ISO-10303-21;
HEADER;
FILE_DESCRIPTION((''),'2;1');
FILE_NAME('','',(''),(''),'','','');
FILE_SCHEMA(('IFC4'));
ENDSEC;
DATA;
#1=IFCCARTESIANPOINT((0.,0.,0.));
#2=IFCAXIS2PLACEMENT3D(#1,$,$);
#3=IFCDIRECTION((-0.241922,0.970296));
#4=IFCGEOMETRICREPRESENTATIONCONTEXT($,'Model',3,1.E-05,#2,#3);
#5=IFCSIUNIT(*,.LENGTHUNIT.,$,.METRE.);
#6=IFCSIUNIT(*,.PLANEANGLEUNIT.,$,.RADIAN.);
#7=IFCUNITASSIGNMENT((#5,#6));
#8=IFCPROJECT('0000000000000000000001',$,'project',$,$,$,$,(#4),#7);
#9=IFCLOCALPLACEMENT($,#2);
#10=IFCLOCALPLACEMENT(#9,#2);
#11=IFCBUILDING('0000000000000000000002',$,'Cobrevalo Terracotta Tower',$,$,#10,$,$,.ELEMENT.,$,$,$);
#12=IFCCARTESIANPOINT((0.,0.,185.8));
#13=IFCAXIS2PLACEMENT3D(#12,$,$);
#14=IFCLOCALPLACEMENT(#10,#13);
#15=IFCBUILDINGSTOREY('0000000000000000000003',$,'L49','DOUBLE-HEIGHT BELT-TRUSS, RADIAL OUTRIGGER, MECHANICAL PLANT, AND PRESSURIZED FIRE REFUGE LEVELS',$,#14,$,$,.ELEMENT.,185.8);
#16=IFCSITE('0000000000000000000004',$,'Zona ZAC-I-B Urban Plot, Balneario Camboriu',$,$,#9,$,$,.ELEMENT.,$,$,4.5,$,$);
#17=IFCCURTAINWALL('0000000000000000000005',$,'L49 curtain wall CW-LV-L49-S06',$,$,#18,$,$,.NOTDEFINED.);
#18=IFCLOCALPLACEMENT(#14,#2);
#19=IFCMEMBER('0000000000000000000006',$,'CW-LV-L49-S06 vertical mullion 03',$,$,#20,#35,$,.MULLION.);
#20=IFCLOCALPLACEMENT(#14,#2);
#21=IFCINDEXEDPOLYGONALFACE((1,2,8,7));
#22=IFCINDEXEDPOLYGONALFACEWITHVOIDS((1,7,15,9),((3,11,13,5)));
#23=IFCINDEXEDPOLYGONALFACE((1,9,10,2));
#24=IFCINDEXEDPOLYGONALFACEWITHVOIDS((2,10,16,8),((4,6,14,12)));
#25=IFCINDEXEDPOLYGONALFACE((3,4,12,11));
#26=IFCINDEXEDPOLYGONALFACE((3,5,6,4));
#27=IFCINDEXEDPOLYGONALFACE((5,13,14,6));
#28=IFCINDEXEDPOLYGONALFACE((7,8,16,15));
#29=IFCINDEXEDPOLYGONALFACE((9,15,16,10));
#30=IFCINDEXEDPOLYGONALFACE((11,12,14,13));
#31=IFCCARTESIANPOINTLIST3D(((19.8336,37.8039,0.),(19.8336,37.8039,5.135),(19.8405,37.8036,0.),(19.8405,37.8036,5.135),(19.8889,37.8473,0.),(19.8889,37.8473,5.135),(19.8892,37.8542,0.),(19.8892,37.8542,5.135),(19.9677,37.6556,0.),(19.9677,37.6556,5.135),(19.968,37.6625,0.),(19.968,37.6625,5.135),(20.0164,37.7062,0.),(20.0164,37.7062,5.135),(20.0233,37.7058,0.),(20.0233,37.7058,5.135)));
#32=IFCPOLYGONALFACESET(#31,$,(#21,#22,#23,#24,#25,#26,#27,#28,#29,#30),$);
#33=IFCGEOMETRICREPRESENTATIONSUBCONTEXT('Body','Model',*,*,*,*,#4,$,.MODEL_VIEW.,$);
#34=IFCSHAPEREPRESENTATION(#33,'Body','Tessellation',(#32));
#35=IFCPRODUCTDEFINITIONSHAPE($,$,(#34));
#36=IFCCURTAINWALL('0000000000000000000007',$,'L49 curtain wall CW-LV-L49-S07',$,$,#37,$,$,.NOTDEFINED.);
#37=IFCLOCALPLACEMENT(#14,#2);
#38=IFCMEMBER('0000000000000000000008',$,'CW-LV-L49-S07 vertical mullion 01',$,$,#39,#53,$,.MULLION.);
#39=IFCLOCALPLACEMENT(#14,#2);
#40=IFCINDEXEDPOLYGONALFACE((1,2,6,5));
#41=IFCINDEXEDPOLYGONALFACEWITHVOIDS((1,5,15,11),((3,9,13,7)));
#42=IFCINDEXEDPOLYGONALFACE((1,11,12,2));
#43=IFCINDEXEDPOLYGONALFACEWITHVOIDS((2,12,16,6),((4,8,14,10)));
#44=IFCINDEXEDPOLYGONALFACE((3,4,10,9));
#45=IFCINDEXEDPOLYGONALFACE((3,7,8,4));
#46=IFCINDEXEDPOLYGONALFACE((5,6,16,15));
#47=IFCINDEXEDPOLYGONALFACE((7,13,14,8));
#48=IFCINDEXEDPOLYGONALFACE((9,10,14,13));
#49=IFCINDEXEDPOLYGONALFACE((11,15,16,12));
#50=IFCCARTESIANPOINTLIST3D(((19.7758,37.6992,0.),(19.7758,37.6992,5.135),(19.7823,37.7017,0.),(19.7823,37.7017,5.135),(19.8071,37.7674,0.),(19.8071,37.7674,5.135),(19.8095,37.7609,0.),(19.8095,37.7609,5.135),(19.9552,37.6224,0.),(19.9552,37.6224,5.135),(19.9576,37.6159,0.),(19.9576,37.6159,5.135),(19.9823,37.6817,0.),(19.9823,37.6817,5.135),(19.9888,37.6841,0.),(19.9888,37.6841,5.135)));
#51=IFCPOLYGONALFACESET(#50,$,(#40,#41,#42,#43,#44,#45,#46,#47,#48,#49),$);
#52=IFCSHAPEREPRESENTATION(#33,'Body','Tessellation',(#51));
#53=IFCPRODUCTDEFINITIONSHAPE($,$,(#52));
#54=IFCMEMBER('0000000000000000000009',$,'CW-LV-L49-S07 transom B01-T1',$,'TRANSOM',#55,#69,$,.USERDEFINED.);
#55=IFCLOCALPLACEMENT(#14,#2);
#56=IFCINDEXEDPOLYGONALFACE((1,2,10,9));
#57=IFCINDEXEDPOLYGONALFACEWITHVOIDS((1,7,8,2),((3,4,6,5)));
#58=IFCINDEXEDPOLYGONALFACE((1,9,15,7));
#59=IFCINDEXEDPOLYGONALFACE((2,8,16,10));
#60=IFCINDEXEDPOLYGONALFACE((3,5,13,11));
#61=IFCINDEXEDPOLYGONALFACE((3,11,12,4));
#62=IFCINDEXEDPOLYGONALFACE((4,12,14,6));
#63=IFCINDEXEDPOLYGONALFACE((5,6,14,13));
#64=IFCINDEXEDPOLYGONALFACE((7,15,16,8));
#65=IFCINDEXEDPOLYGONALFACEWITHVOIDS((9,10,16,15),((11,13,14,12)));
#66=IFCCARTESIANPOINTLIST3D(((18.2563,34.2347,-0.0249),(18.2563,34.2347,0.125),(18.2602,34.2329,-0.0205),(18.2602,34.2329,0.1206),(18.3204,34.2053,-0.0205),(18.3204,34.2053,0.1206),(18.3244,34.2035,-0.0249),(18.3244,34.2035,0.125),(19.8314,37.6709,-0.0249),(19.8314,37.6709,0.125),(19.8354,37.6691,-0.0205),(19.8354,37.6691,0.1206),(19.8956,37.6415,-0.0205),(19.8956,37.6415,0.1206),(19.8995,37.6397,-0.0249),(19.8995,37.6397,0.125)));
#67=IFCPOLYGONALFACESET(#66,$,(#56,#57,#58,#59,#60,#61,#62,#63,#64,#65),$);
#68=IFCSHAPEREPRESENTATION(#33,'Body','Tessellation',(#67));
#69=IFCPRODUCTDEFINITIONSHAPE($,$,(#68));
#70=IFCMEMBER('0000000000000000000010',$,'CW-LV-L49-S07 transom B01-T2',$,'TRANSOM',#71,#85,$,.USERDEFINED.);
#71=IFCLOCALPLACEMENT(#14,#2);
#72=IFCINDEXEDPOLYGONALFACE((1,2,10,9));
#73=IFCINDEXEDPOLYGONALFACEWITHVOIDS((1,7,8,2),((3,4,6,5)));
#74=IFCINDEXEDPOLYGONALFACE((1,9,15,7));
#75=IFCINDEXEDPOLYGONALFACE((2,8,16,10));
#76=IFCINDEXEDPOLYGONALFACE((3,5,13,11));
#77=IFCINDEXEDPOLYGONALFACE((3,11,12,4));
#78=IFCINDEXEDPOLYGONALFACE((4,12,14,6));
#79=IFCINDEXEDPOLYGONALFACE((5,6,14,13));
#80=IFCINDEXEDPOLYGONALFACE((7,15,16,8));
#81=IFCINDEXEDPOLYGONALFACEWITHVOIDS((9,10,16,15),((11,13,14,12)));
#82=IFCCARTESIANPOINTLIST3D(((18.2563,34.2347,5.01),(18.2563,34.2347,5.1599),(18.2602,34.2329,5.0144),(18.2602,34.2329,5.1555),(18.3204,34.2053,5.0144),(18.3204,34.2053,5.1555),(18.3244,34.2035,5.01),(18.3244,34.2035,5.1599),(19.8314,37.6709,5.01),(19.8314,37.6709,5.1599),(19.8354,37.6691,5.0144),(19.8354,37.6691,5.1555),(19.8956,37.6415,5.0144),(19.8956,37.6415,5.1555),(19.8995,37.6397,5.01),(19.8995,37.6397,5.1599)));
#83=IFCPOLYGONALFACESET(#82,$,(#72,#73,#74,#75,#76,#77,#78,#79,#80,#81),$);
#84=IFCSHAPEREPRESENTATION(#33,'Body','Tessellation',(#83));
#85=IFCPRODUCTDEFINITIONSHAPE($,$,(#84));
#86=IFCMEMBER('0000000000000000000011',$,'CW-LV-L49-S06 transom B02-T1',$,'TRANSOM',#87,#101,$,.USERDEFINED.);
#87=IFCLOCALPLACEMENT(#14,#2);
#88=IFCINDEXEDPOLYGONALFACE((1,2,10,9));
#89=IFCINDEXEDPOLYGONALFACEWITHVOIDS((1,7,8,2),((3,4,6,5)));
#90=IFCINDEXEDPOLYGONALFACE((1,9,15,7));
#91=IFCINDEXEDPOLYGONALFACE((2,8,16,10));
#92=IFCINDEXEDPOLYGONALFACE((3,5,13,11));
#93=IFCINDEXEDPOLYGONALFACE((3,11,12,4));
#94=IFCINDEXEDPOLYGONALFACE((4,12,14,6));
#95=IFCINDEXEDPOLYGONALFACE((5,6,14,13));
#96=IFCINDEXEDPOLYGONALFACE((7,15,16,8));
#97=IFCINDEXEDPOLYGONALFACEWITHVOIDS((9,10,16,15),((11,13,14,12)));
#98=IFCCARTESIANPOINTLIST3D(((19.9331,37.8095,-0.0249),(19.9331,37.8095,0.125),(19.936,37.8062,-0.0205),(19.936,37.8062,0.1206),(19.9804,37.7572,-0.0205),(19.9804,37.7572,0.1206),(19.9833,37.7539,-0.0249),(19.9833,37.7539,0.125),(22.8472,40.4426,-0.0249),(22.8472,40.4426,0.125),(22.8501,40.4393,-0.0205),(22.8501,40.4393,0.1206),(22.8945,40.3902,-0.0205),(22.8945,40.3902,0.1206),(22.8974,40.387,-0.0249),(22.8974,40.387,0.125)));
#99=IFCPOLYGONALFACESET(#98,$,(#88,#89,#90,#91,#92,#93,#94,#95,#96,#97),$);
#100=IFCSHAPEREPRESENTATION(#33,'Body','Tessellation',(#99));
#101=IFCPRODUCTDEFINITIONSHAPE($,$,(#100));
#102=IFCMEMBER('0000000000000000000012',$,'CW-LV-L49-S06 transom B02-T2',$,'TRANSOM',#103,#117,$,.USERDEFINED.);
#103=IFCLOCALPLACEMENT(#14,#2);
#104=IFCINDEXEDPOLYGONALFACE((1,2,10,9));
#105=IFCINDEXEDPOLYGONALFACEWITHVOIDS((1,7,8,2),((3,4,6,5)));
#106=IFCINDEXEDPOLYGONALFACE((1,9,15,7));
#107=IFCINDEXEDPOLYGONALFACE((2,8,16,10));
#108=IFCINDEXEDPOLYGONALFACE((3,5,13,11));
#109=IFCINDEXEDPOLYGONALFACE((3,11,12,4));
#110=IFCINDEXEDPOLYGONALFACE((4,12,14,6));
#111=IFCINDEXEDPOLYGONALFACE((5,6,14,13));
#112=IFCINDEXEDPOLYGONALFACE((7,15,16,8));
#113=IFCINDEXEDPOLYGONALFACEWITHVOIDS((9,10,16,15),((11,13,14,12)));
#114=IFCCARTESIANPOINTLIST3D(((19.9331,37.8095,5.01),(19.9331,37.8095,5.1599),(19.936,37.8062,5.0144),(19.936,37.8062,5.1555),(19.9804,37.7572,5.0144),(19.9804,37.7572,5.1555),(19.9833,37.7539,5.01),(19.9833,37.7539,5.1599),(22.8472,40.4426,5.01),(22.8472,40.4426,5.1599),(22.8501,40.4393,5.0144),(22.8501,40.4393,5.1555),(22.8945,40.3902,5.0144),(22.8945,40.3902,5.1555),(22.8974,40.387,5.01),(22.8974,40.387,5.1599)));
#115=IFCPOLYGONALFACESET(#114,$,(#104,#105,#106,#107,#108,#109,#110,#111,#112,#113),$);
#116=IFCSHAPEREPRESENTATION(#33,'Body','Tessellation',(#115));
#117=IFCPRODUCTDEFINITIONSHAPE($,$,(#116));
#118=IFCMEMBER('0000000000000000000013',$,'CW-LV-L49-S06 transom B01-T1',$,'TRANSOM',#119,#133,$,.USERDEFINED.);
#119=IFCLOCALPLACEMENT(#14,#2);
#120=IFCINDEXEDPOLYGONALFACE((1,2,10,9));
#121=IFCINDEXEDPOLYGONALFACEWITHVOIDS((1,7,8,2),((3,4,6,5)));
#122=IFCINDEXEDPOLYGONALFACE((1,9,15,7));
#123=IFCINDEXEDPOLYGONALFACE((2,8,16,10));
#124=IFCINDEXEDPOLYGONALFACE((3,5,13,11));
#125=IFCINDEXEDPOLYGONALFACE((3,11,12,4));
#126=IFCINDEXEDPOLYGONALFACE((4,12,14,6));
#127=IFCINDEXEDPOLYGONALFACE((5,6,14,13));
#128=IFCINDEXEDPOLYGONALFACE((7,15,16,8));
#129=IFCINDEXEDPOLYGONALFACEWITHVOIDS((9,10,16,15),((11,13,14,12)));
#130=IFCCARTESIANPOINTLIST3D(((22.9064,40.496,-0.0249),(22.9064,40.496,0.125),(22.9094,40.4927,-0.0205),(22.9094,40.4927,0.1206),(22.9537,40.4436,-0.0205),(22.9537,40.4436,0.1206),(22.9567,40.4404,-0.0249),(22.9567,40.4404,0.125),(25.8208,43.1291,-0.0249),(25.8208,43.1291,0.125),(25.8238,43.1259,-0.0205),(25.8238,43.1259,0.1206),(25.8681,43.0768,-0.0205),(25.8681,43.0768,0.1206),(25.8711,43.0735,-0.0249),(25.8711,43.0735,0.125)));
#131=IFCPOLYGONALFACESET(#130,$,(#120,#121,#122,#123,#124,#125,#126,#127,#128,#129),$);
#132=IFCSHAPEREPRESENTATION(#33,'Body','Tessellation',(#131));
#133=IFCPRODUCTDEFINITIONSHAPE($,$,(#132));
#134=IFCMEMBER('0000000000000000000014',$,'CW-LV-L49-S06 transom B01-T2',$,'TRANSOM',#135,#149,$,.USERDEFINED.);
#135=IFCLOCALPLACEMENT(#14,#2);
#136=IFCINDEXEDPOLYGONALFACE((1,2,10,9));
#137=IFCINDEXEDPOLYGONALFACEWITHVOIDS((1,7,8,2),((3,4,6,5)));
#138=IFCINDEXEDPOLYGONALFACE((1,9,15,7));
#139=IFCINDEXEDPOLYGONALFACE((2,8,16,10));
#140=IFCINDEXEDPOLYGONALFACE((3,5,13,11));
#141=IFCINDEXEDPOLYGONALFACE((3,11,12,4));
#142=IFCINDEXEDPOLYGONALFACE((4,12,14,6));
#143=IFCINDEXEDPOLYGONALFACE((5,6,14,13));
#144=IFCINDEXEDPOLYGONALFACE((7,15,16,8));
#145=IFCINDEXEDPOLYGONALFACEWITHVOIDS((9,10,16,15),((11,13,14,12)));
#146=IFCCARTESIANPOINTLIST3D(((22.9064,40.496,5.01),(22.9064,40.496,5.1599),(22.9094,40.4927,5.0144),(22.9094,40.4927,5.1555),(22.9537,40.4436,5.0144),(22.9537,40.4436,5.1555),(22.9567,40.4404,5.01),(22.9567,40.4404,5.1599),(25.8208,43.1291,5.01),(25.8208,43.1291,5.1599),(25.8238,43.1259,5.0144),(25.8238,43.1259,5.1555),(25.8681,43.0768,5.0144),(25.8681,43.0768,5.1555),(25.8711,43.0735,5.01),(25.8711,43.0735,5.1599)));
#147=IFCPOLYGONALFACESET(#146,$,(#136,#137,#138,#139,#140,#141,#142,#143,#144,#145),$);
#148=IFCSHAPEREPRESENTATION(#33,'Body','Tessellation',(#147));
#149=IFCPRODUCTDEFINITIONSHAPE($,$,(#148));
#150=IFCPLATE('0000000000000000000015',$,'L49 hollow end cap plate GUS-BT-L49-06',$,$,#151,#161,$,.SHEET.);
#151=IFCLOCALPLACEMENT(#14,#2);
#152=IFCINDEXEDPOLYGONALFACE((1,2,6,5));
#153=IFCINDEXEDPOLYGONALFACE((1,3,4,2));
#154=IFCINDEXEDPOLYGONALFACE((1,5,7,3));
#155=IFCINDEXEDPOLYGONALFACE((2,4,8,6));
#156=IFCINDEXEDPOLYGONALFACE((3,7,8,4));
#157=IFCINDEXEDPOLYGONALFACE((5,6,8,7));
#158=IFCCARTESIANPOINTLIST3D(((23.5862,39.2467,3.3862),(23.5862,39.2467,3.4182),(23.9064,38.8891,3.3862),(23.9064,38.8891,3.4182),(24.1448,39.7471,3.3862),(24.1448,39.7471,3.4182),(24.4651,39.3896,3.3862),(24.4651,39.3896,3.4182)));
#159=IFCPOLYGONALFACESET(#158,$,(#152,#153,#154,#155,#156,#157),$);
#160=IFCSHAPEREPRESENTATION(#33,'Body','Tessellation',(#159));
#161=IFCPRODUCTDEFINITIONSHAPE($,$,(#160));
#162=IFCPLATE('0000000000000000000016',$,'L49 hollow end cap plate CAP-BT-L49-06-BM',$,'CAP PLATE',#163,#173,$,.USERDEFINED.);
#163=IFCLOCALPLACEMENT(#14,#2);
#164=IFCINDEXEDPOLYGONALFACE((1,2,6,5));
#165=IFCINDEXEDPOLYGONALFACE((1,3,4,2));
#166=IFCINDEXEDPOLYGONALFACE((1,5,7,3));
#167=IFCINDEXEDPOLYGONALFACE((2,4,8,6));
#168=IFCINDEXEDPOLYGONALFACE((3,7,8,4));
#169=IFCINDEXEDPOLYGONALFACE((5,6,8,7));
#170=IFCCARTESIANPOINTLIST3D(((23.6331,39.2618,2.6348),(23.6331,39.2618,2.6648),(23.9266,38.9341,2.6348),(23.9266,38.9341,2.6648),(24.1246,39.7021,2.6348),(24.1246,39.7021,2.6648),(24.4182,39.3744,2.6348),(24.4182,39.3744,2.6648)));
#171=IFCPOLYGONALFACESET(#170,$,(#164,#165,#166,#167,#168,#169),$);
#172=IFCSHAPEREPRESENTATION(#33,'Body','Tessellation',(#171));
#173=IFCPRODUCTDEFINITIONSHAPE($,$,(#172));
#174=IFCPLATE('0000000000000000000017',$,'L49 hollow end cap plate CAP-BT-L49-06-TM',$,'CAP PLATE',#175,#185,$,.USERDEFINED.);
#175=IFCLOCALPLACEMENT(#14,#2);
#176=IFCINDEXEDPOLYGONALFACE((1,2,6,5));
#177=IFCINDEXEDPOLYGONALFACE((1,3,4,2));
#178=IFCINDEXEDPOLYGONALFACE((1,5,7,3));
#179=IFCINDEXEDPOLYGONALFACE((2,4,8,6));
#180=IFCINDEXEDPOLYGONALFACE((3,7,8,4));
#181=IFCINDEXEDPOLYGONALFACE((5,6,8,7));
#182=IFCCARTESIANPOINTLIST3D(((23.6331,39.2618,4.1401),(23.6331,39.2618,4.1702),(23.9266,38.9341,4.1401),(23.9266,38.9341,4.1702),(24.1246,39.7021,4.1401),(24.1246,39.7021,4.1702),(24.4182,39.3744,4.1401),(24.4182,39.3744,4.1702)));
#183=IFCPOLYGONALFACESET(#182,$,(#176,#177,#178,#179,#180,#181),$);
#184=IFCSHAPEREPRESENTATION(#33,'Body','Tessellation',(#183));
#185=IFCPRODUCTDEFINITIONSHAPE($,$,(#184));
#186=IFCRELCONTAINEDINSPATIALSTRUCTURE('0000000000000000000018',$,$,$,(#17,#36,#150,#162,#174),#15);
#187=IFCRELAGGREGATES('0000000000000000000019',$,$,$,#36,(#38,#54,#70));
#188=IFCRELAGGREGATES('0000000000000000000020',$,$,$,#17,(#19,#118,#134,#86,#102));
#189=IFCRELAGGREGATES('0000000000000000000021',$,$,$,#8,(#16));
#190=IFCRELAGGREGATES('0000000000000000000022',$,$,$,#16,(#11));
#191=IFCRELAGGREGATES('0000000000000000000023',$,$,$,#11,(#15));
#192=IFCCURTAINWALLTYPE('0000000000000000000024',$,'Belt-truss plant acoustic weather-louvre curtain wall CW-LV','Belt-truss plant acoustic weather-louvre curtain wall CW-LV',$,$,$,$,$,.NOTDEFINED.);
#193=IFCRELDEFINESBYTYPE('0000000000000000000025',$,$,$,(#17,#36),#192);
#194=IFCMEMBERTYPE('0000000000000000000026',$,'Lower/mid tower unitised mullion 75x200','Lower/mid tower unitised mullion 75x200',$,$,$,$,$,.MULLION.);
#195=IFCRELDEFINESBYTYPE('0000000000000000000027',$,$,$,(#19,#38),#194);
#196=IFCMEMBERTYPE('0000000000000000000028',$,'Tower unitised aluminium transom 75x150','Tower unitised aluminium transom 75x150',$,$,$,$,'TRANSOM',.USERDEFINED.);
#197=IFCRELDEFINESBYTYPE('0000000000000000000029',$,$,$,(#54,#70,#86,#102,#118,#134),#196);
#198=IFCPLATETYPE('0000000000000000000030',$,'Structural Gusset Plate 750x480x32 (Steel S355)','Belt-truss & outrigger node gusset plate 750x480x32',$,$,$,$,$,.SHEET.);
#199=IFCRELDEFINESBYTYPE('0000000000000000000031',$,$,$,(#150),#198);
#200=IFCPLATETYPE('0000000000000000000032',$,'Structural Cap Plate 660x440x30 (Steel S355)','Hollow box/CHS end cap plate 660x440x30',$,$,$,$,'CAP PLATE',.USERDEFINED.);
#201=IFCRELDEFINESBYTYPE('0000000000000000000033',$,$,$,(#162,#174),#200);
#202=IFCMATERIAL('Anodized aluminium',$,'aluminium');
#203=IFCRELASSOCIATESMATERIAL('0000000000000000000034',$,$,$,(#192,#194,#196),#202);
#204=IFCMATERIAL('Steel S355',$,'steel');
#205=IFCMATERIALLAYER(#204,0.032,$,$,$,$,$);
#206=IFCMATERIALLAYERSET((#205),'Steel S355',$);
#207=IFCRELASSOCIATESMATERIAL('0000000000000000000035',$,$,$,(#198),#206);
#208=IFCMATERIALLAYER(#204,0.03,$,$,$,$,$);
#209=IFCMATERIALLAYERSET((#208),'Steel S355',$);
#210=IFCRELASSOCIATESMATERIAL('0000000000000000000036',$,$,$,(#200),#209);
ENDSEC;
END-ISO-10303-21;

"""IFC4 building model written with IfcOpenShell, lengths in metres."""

from ifc_helpers import new_model, si_unit, direction, frame, origin, origin_2d, place, context, subcontext, project, spatial, rectangle, hollow_rectangle, extrude, source, transform, mapped, material, layer, layer_set, material_profile, profile_set, type_object, element, aggregate, save


model = new_model("IFC4")

# Units and contexts
model_context = context("Model", 3, precision=1e-05, world=origin(), true_north=direction((-0.241922, 0.970296)))
body_context = subcontext(model_context, "Body", "Model", "MODEL_VIEW")
ifc_project = project(units=[si_unit("LENGTHUNIT", "METRE"), si_unit("PLANEANGLEUNIT", "RADIAN")], contexts=[model_context])

# Site, building, storey
site_placement = place(None, origin())
site = spatial("IfcSite", under=ifc_project, at=site_placement, Name="Zona ZAC-I-B Urban Plot, Balneario Camboriu", CompositionType="ELEMENT", RefElevation=4.5)
building_placement = place(site_placement, origin())
building = spatial("IfcBuilding", under=site, at=building_placement, Name="Cobrevalo Terracotta Tower", CompositionType="ELEMENT")
storey_placement = place(building_placement, frame((0.0, 0.0, 185.8)))
storey = spatial("IfcBuildingStorey", under=building, at=storey_placement, Name="L49", Description="DOUBLE-HEIGHT BELT-TRUSS, RADIAL OUTRIGGER, MECHANICAL PLANT, AND PRESSURIZED FIRE REFUGE LEVELS", CompositionType="ELEMENT", Elevation=185.8)

# Shared definitions
ifc_material_1 = material(Name="Steel S355", Category="steel")

# Shared definitions
ifc_material_2 = material(Name="Anodized aluminium", Category="aluminium")
curtain_wall_type = type_object("IfcCurtainWallType", Name="Belt-truss plant acoustic weather-louvre curtain wall CW-LV", Description="Belt-truss plant acoustic weather-louvre curtain wall CW-LV", PredefinedType="NOTDEFINED", material=ifc_material_2)
ifc_material_profile_1 = material_profile(ifc_material_2, hollow_rectangle(XDim=0.075, YDim=0.2, WallThickness=0.0049, at=origin_2d()), Name="CWM 75x200")
ifc_profile_set_1 = profile_set([ifc_material_profile_1], Name="Anodized aluminium")
member_type_1 = type_object("IfcMemberType", Name="Lower/mid tower unitised mullion 75x200", Description="Lower/mid tower unitised mullion 75x200", PredefinedType="MULLION", material=ifc_profile_set_1)
shared_shape_1 = source(origin(), body_context, "Body", "SweptSolid", [
    extrude(hollow_rectangle(XDim=0.075, YDim=0.2, WallThickness=0.0049, at=origin_2d()), origin(), (0.0, 0.0, 1.0), 5.135),
])

# Curtain walls, members
curtain_wall_1_placement = place(storey_placement, origin())
curtain_wall_1 = element("IfcCurtainWall", 1, at=curtain_wall_1_placement, inside=storey, type_object=curtain_wall_type, Name="L49 curtain wall CW-LV-L49-S06", PredefinedType="NOTDEFINED")
member_1_placement = place(storey_placement, frame((19.9285, 37.7549, 0.0), z_axis=(0.0, 0.0, 1.0), x_axis=(-0.741988, -0.670414, 0.0)))
member_1 = element("IfcMember", 2, at=member_1_placement, type_object=member_type_1, Name="CW-LV-L49-S06 vertical mullion 03", PredefinedType="MULLION", context=body_context, shape_type="MappedRepresentation", body=[
    mapped(shared_shape_1, transform((0.0, 0.0, 0.0), scale=1.0)),
])
curtain_wall_2_placement = place(storey_placement, origin())
curtain_wall_2 = element("IfcCurtainWall", 3, at=curtain_wall_2_placement, inside=storey, type_object=curtain_wall_type, Name="L49 curtain wall CW-LV-L49-S07", PredefinedType="NOTDEFINED")
member_2_placement = place(storey_placement, frame((19.8823, 37.6917, 0.0), z_axis=(0.0, 0.0, 1.0), x_axis=(-0.416725, -0.909033, 0.0)))
member_2 = element("IfcMember", 4, at=member_2_placement, type_object=member_type_1, Name="CW-LV-L49-S07 vertical mullion 01", PredefinedType="MULLION", context=body_context, shape_type="MappedRepresentation", body=[
    mapped(shared_shape_1, transform((0.0, 0.0, 0.0), scale=1.0)),
])
ifc_material_profile_2 = material_profile(ifc_material_2, hollow_rectangle(XDim=0.075, YDim=0.1499, WallThickness=0.0044, at=origin_2d()), Name="CWT 75x150")
ifc_profile_set_2 = profile_set([ifc_material_profile_2], Name="Anodized aluminium")
member_type_2 = type_object("IfcMemberType", Name="Tower unitised aluminium transom 75x150", Description="Tower unitised aluminium transom 75x150", ElementType="TRANSOM", PredefinedType="USERDEFINED", material=ifc_profile_set_2)
shared_shape_2 = source(origin(), body_context, "Body", "SweptSolid", [
    extrude(hollow_rectangle(XDim=0.075, YDim=0.1499, WallThickness=0.0044, at=origin_2d()), origin(), (0.0, 0.0, 1.0), 3.78),
])
member_3_placement = place(storey_placement, frame((19.8655, 37.6553, 0.05), z_axis=(-0.416706, -0.909041, 0.0), x_axis=(0.909041, -0.416706, 0.0)))
member_3 = element("IfcMember", 5, at=member_3_placement, type_object=member_type_2, Name="CW-LV-L49-S07 transom B01-T1", ObjectType="TRANSOM", PredefinedType="USERDEFINED", context=body_context, shape_type="MappedRepresentation", body=[
    mapped(shared_shape_2, transform((0.0, 0.0, 0.0), scale=1.0)),
])
member_4_placement = place(storey_placement, frame((19.8655, 37.6553, 5.085), z_axis=(-0.416706, -0.909041, 0.0), x_axis=(0.909041, -0.416706, 0.0)))
member_4 = element("IfcMember", 6, at=member_4_placement, type_object=member_type_2, Name="CW-LV-L49-S07 transom B01-T2", ObjectType="TRANSOM", PredefinedType="USERDEFINED", context=body_context, shape_type="MappedRepresentation", body=[
    mapped(shared_shape_2, transform((0.0, 0.0, 0.0), scale=1.0)),
])
aggregate(curtain_wall_2, [member_2, member_3, member_4])

# Members
shared_shape_3 = source(origin(), body_context, "Body", "SweptSolid", [
    extrude(hollow_rectangle(XDim=0.075, YDim=0.1499, WallThickness=0.0044, at=origin_2d()), origin(), (0.0, 0.0, 1.0), 3.9275),
])
member_5_placement = place(storey_placement, frame((22.8723, 40.4148, 0.05), z_axis=(-0.741976, -0.670426, 0.0), x_axis=(0.670426, -0.741976, 0.0)))
member_5 = element("IfcMember", 7, at=member_5_placement, type_object=member_type_2, Name="CW-LV-L49-S06 transom B02-T1", ObjectType="TRANSOM", PredefinedType="USERDEFINED", context=body_context, shape_type="MappedRepresentation", body=[
    mapped(shared_shape_3, transform((0.0, 0.0, 0.0), scale=1.0)),
])
member_6_placement = place(storey_placement, frame((22.8723, 40.4148, 5.085), z_axis=(-0.741976, -0.670426, 0.0), x_axis=(0.670426, -0.741976, 0.0)))
member_6 = element("IfcMember", 8, at=member_6_placement, type_object=member_type_2, Name="CW-LV-L49-S06 transom B02-T2", ObjectType="TRANSOM", PredefinedType="USERDEFINED", context=body_context, shape_type="MappedRepresentation", body=[
    mapped(shared_shape_3, transform((0.0, 0.0, 0.0), scale=1.0)),
])
shared_shape_4 = source(origin(), body_context, "Body", "SweptSolid", [
    extrude(hollow_rectangle(XDim=0.075, YDim=0.1499, WallThickness=0.0044, at=origin_2d()), origin(), (0.0, 0.0, 1.0), 3.9277),
])
member_7_placement = place(storey_placement, frame((25.8459, 43.1013, 0.05), z_axis=(-0.742004, -0.670396, 0.0), x_axis=(0.670396, -0.742004, 0.0)))
member_7 = element("IfcMember", 9, at=member_7_placement, type_object=member_type_2, Name="CW-LV-L49-S06 transom B01-T1", ObjectType="TRANSOM", PredefinedType="USERDEFINED", context=body_context, shape_type="MappedRepresentation", body=[
    mapped(shared_shape_4, transform((0.0, 0.0, 0.0), scale=1.0)),
])
member_8_placement = place(storey_placement, frame((25.8459, 43.1013, 5.085), z_axis=(-0.742004, -0.670396, 0.0), x_axis=(0.670396, -0.742004, 0.0)))
member_8 = element("IfcMember", 10, at=member_8_placement, type_object=member_type_2, Name="CW-LV-L49-S06 transom B01-T2", ObjectType="TRANSOM", PredefinedType="USERDEFINED", context=body_context, shape_type="MappedRepresentation", body=[
    mapped(shared_shape_4, transform((0.0, 0.0, 0.0), scale=1.0)),
])

# Plates
ifc_layer_1 = layer(ifc_material_1, 0.032)
ifc_layer_set_1 = layer_set([ifc_layer_1], Name="Steel S355")
plate_type_1 = type_object("IfcPlateType", Name="Structural Gusset Plate 750x480x32 (Steel S355)", Description="Belt-truss & outrigger node gusset plate 750x480x32", PredefinedType="SHEET", material=ifc_layer_set_1)
shared_shape_5 = source(origin(), body_context, "Body", "SweptSolid", [
    extrude(rectangle(XDim=0.75, YDim=0.48, at=origin_2d()), origin(), (0.0, 0.0, 1.0), 0.032),
])
plate_1_placement = place(storey_placement, frame((24.0256, 39.3181, 3.3862), z_axis=(0.0, 0.0, 1.0), x_axis=(-0.744854, -0.667227, 0.0)))
element("IfcPlate", 11, at=plate_1_placement, inside=storey, type_object=plate_type_1, Name="L49 hollow end cap plate GUS-BT-L49-06", PredefinedType="SHEET", context=body_context, shape_type="MappedRepresentation", body=[
    mapped(shared_shape_5, transform((0.0, 0.0, 0.0), scale=1.0)),
])
ifc_layer_2 = layer(ifc_material_1, 0.03)
ifc_layer_set_2 = layer_set([ifc_layer_2], Name="Steel S355")
plate_type_2 = type_object("IfcPlateType", Name="Structural Cap Plate 660x440x30 (Steel S355)", Description="Hollow box/CHS end cap plate 660x440x30", ElementType="CAP PLATE", PredefinedType="USERDEFINED", material=ifc_layer_set_2)
shared_shape_6 = source(origin(), body_context, "Body", "SweptSolid", [
    extrude(rectangle(XDim=0.6599, YDim=0.4399, at=origin_2d()), origin(), (0.0, 0.0, 1.0), 0.03),
])
for number, where, z_axis, x_axis, name in (
    (12, (24.0256, 39.3181, 2.6348), (0.0, 0.0, 1.0), (-0.744854, -0.667227, 0.0), "L49 hollow end cap plate CAP-BT-L49-06-BM"),
    (13, (24.0256, 39.3181, 4.1401), (0.0, 0.0, 1.0), (-0.744854, -0.667227, 0.0), "L49 hollow end cap plate CAP-BT-L49-06-TM"),
):
    element("IfcPlate", number, at=place(storey_placement, frame(where, z_axis=z_axis, x_axis=x_axis)), inside=storey, type_object=plate_type_2, Name=name, ObjectType="CAP PLATE", PredefinedType="USERDEFINED", context=body_context, shape_type="MappedRepresentation", body=[
        mapped(shared_shape_6, transform((0.0, 0.0, 0.0), scale=1.0)),
    ])

aggregate(curtain_wall_1, [member_1, member_7, member_8, member_5, member_6])

save(model, "model.ifc")
